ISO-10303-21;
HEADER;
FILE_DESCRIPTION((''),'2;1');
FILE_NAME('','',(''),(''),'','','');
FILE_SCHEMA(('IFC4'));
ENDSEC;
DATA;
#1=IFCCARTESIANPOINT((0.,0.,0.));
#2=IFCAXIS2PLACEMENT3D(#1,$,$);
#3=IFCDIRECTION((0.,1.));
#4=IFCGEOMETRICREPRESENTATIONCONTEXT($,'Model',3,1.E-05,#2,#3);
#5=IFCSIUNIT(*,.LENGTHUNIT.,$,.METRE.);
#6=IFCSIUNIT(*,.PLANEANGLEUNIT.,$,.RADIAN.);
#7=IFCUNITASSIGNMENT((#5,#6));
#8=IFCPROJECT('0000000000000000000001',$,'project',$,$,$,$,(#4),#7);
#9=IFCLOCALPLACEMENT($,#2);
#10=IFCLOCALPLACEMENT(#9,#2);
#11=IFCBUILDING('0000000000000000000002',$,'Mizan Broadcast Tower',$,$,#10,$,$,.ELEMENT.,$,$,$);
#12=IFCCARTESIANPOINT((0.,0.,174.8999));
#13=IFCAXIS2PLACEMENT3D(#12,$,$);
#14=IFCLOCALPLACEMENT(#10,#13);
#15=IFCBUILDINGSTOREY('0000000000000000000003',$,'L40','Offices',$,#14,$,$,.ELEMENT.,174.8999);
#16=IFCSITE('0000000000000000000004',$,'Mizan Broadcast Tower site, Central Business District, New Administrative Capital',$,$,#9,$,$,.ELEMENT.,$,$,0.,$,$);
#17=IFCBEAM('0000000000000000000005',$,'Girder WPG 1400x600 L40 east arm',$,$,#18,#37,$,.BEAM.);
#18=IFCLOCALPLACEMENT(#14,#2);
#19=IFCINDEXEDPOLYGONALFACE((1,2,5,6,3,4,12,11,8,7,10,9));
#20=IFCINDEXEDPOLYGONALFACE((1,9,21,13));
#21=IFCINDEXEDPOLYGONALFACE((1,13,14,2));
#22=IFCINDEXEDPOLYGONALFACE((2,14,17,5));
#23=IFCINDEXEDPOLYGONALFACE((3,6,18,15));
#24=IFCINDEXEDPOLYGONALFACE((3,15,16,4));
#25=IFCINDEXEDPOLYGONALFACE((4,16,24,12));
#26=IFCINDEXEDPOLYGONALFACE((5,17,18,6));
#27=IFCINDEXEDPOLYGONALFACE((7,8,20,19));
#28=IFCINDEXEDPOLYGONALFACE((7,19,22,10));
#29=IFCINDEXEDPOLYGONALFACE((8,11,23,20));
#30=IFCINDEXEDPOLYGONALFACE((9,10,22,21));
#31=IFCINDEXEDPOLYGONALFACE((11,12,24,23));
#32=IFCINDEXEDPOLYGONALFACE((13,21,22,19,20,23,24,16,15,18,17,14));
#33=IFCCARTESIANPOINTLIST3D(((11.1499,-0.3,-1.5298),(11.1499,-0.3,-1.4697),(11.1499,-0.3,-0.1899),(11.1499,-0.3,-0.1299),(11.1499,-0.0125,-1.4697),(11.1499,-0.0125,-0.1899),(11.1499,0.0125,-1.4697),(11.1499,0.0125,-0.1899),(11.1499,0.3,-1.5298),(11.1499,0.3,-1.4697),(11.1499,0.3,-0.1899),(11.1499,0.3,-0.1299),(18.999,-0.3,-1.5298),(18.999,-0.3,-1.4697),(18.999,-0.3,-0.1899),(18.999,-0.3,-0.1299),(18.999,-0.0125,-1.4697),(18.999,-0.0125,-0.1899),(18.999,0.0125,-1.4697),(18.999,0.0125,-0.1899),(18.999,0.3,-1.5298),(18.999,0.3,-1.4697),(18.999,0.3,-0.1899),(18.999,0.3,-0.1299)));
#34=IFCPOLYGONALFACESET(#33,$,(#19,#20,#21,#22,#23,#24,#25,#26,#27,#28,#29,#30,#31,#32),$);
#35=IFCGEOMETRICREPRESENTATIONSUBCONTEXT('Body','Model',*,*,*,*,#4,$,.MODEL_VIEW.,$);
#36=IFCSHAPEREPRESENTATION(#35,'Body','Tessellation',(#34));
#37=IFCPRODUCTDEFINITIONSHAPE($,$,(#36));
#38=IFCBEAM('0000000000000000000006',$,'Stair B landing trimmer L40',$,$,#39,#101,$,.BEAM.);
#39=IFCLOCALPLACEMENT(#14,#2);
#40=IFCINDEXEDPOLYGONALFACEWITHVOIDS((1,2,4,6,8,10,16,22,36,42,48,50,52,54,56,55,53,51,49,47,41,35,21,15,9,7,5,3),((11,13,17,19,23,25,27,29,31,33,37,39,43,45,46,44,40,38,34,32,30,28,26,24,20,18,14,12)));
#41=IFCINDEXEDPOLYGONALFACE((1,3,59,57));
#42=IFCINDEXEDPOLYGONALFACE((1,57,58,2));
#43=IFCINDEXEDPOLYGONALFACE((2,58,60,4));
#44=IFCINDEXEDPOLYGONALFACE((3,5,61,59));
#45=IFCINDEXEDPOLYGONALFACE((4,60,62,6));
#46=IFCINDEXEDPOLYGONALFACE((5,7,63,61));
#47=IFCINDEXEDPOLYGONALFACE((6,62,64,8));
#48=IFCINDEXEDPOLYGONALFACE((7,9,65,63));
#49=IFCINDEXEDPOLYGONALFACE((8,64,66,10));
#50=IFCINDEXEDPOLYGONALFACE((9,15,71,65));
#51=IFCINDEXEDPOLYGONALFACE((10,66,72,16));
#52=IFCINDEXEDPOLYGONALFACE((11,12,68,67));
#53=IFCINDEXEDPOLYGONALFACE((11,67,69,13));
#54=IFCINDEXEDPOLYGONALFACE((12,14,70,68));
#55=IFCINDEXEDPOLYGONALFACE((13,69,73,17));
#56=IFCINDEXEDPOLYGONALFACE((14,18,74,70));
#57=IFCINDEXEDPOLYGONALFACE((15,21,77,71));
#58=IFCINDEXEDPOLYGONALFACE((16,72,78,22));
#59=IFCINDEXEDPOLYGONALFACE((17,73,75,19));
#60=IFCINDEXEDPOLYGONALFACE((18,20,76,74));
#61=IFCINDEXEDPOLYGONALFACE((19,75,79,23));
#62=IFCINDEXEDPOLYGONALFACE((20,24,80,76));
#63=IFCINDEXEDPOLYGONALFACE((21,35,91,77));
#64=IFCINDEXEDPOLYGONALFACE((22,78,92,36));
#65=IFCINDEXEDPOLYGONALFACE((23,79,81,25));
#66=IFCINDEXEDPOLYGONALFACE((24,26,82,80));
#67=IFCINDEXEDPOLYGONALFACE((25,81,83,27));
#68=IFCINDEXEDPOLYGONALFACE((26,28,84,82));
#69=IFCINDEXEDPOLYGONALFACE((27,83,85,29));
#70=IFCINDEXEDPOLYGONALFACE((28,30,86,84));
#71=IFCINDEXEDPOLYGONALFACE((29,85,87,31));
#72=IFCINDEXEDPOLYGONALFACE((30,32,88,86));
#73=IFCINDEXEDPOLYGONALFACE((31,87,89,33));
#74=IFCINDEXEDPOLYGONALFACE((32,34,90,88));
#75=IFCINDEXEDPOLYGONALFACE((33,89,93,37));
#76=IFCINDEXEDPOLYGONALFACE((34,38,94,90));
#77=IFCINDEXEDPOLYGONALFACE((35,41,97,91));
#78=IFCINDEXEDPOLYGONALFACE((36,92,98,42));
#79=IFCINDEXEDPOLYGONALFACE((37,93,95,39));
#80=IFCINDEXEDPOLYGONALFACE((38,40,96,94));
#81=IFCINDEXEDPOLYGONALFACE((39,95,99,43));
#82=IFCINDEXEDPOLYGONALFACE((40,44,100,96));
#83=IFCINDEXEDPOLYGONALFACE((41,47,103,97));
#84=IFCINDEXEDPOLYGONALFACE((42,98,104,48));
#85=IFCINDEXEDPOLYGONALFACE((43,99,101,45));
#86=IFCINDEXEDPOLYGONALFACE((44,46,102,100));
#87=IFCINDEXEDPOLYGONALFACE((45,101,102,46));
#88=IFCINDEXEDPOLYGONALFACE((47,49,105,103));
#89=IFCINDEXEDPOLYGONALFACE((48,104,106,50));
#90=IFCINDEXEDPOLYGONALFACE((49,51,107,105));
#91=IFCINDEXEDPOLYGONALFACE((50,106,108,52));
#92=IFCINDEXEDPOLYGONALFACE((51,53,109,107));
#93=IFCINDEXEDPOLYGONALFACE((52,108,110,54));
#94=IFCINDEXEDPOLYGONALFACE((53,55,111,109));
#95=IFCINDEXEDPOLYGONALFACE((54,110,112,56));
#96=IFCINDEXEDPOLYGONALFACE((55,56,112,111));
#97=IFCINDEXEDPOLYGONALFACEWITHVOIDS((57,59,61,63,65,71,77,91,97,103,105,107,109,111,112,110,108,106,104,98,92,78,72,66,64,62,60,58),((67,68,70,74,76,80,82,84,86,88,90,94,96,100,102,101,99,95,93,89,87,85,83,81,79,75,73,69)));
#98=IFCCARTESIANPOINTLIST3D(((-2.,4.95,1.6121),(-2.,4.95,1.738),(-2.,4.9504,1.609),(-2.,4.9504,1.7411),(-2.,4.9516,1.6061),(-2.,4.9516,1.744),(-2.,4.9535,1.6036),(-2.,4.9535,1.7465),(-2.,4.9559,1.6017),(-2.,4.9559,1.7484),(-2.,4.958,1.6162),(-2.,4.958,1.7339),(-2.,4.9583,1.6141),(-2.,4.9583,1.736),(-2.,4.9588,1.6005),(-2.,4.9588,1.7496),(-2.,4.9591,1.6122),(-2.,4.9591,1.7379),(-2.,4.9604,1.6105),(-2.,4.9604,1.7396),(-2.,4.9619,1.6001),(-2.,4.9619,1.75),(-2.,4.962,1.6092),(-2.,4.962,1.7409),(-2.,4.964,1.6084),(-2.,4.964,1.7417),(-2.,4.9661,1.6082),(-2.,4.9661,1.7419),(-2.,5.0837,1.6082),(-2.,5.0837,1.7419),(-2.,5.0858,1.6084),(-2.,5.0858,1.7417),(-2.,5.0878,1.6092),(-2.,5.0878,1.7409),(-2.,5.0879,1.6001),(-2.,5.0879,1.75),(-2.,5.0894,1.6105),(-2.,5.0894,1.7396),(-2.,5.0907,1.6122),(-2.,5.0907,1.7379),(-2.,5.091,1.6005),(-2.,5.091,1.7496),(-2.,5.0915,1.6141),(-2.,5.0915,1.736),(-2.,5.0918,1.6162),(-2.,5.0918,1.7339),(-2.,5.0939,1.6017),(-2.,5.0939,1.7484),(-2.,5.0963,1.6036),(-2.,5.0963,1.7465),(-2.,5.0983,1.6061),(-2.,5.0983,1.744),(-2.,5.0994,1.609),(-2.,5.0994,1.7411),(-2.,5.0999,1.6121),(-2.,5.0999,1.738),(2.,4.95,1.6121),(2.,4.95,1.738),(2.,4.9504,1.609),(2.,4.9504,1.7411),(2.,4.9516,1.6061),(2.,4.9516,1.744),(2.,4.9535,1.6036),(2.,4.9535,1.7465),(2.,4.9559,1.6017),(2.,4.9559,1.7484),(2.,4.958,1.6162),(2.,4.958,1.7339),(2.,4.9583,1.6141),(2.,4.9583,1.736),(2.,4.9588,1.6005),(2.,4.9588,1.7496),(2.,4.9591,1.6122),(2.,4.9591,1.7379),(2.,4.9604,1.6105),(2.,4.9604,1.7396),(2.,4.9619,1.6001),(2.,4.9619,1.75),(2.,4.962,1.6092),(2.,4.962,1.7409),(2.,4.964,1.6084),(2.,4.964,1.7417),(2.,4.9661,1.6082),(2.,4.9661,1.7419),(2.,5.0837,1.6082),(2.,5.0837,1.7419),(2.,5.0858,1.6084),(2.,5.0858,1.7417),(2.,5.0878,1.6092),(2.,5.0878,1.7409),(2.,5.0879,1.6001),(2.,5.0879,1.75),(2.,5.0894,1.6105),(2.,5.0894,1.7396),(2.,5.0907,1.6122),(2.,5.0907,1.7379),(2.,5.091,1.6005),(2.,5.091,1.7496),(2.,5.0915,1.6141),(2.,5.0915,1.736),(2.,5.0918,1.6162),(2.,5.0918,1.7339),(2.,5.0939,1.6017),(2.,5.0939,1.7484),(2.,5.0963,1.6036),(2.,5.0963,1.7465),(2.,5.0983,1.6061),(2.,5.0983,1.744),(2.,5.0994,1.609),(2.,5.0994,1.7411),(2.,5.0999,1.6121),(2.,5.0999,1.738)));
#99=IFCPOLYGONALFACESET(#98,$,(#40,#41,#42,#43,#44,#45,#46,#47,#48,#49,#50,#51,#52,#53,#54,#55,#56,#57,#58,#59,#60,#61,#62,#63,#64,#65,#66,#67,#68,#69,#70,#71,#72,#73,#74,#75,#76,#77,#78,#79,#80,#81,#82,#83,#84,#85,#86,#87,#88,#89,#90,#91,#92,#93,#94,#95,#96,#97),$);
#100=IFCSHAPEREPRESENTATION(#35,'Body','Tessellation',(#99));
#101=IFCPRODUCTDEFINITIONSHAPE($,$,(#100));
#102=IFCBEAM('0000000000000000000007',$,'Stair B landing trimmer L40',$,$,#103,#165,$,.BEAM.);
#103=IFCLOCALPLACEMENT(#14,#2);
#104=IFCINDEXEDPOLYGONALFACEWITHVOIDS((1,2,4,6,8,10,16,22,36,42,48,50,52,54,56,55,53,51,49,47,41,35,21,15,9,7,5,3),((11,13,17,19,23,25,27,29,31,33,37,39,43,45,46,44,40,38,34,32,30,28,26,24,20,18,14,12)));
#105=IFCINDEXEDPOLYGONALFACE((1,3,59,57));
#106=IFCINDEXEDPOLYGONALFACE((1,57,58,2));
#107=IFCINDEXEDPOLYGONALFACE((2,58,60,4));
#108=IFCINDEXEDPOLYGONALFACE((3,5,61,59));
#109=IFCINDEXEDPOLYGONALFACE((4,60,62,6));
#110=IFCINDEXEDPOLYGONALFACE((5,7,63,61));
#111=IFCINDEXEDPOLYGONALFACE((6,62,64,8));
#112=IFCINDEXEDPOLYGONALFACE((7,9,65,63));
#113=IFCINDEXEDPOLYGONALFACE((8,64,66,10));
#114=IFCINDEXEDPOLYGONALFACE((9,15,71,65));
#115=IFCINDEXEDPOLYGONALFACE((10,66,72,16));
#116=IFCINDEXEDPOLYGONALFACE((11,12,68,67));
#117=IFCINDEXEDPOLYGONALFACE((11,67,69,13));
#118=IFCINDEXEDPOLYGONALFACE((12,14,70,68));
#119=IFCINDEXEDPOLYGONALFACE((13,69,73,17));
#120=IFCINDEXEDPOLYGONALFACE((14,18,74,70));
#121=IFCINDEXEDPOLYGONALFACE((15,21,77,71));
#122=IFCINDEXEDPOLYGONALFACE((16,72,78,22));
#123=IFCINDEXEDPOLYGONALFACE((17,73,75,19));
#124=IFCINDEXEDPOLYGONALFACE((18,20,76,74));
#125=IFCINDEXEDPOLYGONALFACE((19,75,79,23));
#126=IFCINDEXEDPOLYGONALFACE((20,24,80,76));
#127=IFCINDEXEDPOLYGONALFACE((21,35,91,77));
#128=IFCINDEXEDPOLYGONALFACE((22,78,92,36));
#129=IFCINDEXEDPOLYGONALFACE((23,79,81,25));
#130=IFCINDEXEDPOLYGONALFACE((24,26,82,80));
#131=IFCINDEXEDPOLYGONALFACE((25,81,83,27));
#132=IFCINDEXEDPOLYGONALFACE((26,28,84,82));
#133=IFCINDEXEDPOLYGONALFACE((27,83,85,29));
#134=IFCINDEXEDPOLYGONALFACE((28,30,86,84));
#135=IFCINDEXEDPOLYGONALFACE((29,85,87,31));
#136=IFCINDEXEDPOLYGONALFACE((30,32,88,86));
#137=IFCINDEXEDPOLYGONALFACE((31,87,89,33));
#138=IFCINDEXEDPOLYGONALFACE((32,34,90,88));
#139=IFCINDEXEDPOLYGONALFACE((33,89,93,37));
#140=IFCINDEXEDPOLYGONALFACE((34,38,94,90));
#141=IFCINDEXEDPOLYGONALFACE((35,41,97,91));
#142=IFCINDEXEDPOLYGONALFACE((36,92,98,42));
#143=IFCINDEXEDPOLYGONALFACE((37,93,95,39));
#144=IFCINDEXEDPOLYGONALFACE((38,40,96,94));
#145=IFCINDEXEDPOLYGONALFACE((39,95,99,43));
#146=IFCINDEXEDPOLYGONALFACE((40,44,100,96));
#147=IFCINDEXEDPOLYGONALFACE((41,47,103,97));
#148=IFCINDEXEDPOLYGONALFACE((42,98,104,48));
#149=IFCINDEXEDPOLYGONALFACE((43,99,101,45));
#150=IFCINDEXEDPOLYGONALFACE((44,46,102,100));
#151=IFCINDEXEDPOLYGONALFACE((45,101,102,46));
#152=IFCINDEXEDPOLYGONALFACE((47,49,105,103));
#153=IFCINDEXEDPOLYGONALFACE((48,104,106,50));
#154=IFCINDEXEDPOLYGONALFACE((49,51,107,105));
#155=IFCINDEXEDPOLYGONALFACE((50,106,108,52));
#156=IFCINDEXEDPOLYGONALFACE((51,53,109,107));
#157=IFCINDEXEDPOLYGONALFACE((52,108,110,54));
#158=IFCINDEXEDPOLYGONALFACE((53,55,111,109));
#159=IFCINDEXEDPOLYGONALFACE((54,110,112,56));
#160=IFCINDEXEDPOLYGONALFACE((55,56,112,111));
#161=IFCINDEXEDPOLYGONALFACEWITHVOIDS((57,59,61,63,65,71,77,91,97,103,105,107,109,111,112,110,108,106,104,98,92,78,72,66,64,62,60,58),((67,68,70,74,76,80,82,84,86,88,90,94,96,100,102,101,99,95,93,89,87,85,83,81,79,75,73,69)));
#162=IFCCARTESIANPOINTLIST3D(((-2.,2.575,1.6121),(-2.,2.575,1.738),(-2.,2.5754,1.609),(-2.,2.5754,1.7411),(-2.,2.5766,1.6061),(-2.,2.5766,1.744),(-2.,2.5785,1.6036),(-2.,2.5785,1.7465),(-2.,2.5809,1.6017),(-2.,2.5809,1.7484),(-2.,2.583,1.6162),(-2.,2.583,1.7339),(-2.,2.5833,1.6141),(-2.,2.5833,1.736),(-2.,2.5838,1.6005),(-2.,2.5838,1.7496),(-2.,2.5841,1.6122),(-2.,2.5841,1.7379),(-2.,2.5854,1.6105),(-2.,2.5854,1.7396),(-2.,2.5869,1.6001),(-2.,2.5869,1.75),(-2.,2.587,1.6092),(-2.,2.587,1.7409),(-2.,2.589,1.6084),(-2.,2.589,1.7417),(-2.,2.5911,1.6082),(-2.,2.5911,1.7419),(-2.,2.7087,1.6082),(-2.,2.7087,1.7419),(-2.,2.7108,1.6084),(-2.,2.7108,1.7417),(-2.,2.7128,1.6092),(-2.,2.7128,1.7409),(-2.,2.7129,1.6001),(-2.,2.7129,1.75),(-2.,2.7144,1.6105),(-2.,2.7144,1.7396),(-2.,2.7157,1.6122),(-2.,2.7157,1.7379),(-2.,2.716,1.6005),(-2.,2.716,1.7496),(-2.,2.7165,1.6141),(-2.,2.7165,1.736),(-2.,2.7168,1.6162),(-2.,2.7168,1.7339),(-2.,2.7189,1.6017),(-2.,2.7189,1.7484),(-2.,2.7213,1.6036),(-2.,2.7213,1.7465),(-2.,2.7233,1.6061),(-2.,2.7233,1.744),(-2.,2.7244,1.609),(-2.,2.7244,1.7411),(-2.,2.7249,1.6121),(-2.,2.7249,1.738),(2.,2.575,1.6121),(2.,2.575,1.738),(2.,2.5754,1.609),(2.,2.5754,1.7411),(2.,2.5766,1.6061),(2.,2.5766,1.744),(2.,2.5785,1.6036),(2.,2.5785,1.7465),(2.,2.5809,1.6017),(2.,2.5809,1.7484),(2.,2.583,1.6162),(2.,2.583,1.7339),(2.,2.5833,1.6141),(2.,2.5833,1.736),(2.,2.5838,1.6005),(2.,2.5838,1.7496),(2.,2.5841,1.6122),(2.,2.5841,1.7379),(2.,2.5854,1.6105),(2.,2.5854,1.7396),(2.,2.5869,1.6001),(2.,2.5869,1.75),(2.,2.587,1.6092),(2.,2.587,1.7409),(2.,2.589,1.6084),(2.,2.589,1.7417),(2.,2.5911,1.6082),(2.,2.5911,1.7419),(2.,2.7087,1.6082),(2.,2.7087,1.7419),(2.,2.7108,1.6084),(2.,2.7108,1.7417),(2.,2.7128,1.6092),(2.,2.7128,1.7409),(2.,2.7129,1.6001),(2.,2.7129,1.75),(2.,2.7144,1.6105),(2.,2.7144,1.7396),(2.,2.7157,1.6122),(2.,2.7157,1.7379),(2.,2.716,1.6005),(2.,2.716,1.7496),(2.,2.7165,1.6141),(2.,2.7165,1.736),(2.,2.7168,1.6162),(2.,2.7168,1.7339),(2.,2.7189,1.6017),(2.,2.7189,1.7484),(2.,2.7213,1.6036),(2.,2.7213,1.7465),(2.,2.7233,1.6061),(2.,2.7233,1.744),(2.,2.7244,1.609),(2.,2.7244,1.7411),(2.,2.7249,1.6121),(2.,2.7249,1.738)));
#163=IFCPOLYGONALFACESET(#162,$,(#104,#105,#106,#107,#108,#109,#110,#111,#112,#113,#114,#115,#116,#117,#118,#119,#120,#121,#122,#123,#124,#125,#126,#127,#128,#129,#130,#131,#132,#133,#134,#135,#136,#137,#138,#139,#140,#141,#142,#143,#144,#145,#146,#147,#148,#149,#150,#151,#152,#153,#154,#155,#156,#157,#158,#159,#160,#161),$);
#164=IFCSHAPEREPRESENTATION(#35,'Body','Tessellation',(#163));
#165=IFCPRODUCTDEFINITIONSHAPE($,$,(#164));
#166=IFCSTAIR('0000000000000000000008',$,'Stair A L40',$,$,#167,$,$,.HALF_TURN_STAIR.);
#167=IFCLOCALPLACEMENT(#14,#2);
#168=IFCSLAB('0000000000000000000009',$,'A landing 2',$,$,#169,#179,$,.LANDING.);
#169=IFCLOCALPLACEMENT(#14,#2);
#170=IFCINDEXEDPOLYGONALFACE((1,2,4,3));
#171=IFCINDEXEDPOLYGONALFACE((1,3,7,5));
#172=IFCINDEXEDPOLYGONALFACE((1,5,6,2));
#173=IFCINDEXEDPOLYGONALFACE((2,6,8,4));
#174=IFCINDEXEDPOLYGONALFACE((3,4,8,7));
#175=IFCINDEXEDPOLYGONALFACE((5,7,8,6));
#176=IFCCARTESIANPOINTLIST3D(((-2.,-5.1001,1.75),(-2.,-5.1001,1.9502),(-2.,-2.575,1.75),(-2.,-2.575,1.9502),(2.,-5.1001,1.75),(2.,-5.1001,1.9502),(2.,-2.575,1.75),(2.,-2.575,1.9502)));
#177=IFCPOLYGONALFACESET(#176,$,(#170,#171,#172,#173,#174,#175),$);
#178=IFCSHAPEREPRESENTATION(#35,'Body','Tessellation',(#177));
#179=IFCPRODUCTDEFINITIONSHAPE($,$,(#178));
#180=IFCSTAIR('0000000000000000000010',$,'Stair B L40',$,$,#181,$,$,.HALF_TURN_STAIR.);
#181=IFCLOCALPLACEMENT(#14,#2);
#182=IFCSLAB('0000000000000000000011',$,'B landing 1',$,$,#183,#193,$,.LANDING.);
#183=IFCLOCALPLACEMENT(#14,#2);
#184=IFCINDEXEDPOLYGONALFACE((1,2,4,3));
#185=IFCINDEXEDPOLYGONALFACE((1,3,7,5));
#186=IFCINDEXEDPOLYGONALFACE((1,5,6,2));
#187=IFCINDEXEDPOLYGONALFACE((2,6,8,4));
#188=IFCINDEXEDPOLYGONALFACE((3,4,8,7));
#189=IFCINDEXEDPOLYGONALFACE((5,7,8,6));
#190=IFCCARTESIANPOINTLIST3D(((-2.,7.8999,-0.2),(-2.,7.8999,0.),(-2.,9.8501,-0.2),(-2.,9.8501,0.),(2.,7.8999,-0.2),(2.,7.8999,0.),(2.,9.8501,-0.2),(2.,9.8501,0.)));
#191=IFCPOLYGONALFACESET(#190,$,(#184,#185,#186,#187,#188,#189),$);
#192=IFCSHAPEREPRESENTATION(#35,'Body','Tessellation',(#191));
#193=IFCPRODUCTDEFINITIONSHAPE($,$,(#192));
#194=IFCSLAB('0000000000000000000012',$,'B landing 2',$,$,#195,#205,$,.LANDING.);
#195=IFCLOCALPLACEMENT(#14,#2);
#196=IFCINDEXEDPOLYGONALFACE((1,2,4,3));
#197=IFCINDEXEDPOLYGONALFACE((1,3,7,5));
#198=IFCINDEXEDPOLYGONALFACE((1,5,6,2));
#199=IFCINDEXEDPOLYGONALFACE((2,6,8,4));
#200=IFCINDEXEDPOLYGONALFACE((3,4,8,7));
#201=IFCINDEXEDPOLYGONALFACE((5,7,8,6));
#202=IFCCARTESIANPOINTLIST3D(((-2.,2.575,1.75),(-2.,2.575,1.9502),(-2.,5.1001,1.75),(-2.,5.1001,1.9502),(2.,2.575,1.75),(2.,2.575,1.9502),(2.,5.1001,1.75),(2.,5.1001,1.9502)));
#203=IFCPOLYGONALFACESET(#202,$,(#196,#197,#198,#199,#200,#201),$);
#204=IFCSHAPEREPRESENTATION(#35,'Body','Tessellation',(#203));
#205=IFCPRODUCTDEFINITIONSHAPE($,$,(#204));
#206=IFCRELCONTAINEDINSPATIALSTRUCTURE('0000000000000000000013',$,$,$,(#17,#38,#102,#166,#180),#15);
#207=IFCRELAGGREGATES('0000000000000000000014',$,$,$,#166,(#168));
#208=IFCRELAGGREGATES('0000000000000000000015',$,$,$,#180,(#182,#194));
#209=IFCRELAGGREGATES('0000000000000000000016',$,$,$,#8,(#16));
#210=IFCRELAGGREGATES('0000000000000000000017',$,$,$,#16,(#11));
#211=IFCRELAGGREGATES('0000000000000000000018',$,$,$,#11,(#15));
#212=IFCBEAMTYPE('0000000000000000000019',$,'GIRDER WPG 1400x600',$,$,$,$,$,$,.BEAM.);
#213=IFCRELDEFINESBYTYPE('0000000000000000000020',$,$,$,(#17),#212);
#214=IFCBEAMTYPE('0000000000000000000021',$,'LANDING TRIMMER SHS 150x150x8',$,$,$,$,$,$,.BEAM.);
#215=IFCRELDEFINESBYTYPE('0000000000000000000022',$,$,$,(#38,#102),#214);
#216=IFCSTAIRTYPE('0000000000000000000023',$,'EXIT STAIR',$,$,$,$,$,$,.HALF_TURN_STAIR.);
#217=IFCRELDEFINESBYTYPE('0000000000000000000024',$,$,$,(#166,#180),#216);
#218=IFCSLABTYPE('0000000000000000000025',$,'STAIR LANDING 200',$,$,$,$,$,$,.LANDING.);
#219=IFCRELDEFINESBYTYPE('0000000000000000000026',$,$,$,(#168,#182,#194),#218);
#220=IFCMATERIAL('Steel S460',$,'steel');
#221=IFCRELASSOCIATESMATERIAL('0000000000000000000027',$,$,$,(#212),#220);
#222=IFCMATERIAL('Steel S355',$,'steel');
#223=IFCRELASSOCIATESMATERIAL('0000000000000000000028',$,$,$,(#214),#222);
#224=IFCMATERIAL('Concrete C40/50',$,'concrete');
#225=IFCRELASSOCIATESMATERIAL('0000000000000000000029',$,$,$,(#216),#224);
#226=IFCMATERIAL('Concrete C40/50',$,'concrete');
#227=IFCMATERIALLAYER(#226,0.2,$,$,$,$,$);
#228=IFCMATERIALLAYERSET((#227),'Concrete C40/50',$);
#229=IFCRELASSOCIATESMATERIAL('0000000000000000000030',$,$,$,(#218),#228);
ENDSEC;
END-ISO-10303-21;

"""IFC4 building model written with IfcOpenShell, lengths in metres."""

from ifc_helpers import new_model, si_unit, direction, frame, origin, origin_2d, place, context, subcontext, project, spatial, polyline, hollow_rectangle, i_section, outline, extrude, material, layer, layer_set, material_profile, profile_set, type_object, element, aggregate, save


model = new_model("IFC4")

# Units and contexts
model_context = context("Model", 3, precision=1e-05, world=origin(), true_north=direction((0.0, 1.0)))
body_context = subcontext(model_context, "Body", "Model", "MODEL_VIEW")
ifc_project = project(units=[si_unit("LENGTHUNIT", "METRE"), si_unit("PLANEANGLEUNIT", "RADIAN")], contexts=[model_context])

# Site, building, storey
site_placement = place(None, origin())
site = spatial("IfcSite", under=ifc_project, at=site_placement, Name="Mizan Broadcast Tower site, Central Business District, New Administrative Capital", CompositionType="ELEMENT", RefElevation=0.0)
building_placement = place(site_placement, origin())
building = spatial("IfcBuilding", under=site, at=building_placement, Name="Mizan Broadcast Tower", CompositionType="ELEMENT")
storey_placement = place(building_placement, frame((0.0, 0.0, 174.8999)))
storey = spatial("IfcBuildingStorey", under=building, at=storey_placement, Name="L40", Description="Offices", CompositionType="ELEMENT", Elevation=174.8999)

# Beams
ifc_material_1 = material(Name="Steel S460", Category="steel")
ifc_material_profile_1 = material_profile(ifc_material_1, i_section(OverallWidth=0.6001, OverallDepth=1.3999, WebThickness=0.0249, FlangeThickness=0.0601, at=origin_2d()), Name="WPG 1400x600")
ifc_profile_set_1 = profile_set([ifc_material_profile_1], Name="Steel S460")
beam_type_1 = type_object("IfcBeamType", Name="GIRDER WPG 1400x600", PredefinedType="BEAM", material=ifc_profile_set_1)
beam_placement = place(storey_placement, frame((11.1499, 0.0, -0.8298), z_axis=(1.0, 0.0, 0.0), x_axis=(0.0, 1.0, 0.0)))
element("IfcBeam", 1, at=beam_placement, inside=storey, type_object=beam_type_1, Name="Girder WPG 1400x600 L40 east arm", PredefinedType="BEAM", context=body_context, shape_type="SweptSolid", body=[
    extrude(i_section(OverallWidth=0.6001, OverallDepth=1.3999, WebThickness=0.0249, FlangeThickness=0.0601, at=origin_2d()), origin(), (0.0, 0.0, 1.0), 7.8491),
])
ifc_material_2 = material(Name="Steel S355", Category="steel")
ifc_material_profile_2 = material_profile(ifc_material_2, hollow_rectangle(XDim=0.1499, YDim=0.1499, WallThickness=0.0081, InnerFilletRadius=0.0081, OuterFilletRadius=0.012, at=origin_2d()), Name="SHS 150x150x8")
ifc_profile_set_2 = profile_set([ifc_material_profile_2], Name="Steel S355")
beam_type_2 = type_object("IfcBeamType", Name="LANDING TRIMMER SHS 150x150x8", PredefinedType="BEAM", material=ifc_profile_set_2)
for number, where, z_axis, x_axis, name in (
    (2, (2.0, 5.0249, 1.675), (-1.0, 0.0, 0.0), (0.0, -1.0, 0.0), "Stair B landing trimmer L40"),
    (3, (2.0, 2.6499, 1.675), (-1.0, 0.0, 0.0), (0.0, -1.0, 0.0), "Stair B landing trimmer L40"),
):
    element("IfcBeam", number, at=place(storey_placement, frame(where, z_axis=z_axis, x_axis=x_axis)), inside=storey, type_object=beam_type_2, Name=name, PredefinedType="BEAM", context=body_context, shape_type="SweptSolid", body=[
        extrude(hollow_rectangle(XDim=0.1499, YDim=0.1499, WallThickness=0.0081, InnerFilletRadius=0.0081, OuterFilletRadius=0.012, at=origin_2d()), origin(), (0.0, 0.0, 1.0), 4.0),
    ])

# Stair, slab
ifc_material_3 = material(Name="Concrete C40/50", Category="concrete")
stair_type = type_object("IfcStairType", Name="EXIT STAIR", PredefinedType="HALF_TURN_STAIR", material=ifc_material_3)
stair_1_placement = place(storey_placement, origin())
stair_1 = element("IfcStair", 4, at=stair_1_placement, inside=storey, type_object=stair_type, Name="Stair A L40", PredefinedType="HALF_TURN_STAIR")
ifc_material_4 = material(Name="Concrete C40/50", Category="concrete")
ifc_layer_1 = layer(ifc_material_4, 0.2)
ifc_layer_set_1 = layer_set([ifc_layer_1], Name="Concrete C40/50")
slab_type = type_object("IfcSlabType", Name="STAIR LANDING 200", PredefinedType="LANDING", material=ifc_layer_set_1)
slab_1_placement = place(storey_placement, frame((0.0, 0.0, 1.75)))
slab_1 = element("IfcSlab", 5, at=slab_1_placement, type_object=slab_type, Name="A landing 2", PredefinedType="LANDING", context=body_context, shape_type="SweptSolid", body=[
    extrude(outline(polyline([(-2.0, -5.1001), (-2.0, -2.575), (2.0, -2.575), (2.0, -5.1001), (-2.0, -5.1001)])), origin(), (0.0, 0.0, 1.0), 0.2002),
])
aggregate(stair_1, [slab_1])

# Stair, slabs
stair_2_placement = place(storey_placement, origin())
stair_2 = element("IfcStair", 6, at=stair_2_placement, inside=storey, type_object=stair_type, Name="Stair B L40", PredefinedType="HALF_TURN_STAIR")
slab_2_placement = place(storey_placement, frame((0.0, 0.0, -0.2)))
slab_2 = element("IfcSlab", 7, at=slab_2_placement, type_object=slab_type, Name="B landing 1", PredefinedType="LANDING", context=body_context, shape_type="SweptSolid", body=[
    extrude(outline(polyline([(2.0, 9.8501), (2.0, 7.8999), (-2.0, 7.8999), (-2.0, 9.8501), (2.0, 9.8501)])), origin(), (0.0, 0.0, 1.0), 0.2),
])
slab_3_placement = place(storey_placement, frame((0.0, 0.0, 1.75)))
slab_3 = element("IfcSlab", 8, at=slab_3_placement, type_object=slab_type, Name="B landing 2", PredefinedType="LANDING", context=body_context, shape_type="SweptSolid", body=[
    extrude(outline(polyline([(2.0, 5.1001), (2.0, 2.575), (-2.0, 2.575), (-2.0, 5.1001), (2.0, 5.1001)])), origin(), (0.0, 0.0, 1.0), 0.2002),
])

aggregate(stair_2, [slab_2, slab_3])

save(model, "model.ifc")
